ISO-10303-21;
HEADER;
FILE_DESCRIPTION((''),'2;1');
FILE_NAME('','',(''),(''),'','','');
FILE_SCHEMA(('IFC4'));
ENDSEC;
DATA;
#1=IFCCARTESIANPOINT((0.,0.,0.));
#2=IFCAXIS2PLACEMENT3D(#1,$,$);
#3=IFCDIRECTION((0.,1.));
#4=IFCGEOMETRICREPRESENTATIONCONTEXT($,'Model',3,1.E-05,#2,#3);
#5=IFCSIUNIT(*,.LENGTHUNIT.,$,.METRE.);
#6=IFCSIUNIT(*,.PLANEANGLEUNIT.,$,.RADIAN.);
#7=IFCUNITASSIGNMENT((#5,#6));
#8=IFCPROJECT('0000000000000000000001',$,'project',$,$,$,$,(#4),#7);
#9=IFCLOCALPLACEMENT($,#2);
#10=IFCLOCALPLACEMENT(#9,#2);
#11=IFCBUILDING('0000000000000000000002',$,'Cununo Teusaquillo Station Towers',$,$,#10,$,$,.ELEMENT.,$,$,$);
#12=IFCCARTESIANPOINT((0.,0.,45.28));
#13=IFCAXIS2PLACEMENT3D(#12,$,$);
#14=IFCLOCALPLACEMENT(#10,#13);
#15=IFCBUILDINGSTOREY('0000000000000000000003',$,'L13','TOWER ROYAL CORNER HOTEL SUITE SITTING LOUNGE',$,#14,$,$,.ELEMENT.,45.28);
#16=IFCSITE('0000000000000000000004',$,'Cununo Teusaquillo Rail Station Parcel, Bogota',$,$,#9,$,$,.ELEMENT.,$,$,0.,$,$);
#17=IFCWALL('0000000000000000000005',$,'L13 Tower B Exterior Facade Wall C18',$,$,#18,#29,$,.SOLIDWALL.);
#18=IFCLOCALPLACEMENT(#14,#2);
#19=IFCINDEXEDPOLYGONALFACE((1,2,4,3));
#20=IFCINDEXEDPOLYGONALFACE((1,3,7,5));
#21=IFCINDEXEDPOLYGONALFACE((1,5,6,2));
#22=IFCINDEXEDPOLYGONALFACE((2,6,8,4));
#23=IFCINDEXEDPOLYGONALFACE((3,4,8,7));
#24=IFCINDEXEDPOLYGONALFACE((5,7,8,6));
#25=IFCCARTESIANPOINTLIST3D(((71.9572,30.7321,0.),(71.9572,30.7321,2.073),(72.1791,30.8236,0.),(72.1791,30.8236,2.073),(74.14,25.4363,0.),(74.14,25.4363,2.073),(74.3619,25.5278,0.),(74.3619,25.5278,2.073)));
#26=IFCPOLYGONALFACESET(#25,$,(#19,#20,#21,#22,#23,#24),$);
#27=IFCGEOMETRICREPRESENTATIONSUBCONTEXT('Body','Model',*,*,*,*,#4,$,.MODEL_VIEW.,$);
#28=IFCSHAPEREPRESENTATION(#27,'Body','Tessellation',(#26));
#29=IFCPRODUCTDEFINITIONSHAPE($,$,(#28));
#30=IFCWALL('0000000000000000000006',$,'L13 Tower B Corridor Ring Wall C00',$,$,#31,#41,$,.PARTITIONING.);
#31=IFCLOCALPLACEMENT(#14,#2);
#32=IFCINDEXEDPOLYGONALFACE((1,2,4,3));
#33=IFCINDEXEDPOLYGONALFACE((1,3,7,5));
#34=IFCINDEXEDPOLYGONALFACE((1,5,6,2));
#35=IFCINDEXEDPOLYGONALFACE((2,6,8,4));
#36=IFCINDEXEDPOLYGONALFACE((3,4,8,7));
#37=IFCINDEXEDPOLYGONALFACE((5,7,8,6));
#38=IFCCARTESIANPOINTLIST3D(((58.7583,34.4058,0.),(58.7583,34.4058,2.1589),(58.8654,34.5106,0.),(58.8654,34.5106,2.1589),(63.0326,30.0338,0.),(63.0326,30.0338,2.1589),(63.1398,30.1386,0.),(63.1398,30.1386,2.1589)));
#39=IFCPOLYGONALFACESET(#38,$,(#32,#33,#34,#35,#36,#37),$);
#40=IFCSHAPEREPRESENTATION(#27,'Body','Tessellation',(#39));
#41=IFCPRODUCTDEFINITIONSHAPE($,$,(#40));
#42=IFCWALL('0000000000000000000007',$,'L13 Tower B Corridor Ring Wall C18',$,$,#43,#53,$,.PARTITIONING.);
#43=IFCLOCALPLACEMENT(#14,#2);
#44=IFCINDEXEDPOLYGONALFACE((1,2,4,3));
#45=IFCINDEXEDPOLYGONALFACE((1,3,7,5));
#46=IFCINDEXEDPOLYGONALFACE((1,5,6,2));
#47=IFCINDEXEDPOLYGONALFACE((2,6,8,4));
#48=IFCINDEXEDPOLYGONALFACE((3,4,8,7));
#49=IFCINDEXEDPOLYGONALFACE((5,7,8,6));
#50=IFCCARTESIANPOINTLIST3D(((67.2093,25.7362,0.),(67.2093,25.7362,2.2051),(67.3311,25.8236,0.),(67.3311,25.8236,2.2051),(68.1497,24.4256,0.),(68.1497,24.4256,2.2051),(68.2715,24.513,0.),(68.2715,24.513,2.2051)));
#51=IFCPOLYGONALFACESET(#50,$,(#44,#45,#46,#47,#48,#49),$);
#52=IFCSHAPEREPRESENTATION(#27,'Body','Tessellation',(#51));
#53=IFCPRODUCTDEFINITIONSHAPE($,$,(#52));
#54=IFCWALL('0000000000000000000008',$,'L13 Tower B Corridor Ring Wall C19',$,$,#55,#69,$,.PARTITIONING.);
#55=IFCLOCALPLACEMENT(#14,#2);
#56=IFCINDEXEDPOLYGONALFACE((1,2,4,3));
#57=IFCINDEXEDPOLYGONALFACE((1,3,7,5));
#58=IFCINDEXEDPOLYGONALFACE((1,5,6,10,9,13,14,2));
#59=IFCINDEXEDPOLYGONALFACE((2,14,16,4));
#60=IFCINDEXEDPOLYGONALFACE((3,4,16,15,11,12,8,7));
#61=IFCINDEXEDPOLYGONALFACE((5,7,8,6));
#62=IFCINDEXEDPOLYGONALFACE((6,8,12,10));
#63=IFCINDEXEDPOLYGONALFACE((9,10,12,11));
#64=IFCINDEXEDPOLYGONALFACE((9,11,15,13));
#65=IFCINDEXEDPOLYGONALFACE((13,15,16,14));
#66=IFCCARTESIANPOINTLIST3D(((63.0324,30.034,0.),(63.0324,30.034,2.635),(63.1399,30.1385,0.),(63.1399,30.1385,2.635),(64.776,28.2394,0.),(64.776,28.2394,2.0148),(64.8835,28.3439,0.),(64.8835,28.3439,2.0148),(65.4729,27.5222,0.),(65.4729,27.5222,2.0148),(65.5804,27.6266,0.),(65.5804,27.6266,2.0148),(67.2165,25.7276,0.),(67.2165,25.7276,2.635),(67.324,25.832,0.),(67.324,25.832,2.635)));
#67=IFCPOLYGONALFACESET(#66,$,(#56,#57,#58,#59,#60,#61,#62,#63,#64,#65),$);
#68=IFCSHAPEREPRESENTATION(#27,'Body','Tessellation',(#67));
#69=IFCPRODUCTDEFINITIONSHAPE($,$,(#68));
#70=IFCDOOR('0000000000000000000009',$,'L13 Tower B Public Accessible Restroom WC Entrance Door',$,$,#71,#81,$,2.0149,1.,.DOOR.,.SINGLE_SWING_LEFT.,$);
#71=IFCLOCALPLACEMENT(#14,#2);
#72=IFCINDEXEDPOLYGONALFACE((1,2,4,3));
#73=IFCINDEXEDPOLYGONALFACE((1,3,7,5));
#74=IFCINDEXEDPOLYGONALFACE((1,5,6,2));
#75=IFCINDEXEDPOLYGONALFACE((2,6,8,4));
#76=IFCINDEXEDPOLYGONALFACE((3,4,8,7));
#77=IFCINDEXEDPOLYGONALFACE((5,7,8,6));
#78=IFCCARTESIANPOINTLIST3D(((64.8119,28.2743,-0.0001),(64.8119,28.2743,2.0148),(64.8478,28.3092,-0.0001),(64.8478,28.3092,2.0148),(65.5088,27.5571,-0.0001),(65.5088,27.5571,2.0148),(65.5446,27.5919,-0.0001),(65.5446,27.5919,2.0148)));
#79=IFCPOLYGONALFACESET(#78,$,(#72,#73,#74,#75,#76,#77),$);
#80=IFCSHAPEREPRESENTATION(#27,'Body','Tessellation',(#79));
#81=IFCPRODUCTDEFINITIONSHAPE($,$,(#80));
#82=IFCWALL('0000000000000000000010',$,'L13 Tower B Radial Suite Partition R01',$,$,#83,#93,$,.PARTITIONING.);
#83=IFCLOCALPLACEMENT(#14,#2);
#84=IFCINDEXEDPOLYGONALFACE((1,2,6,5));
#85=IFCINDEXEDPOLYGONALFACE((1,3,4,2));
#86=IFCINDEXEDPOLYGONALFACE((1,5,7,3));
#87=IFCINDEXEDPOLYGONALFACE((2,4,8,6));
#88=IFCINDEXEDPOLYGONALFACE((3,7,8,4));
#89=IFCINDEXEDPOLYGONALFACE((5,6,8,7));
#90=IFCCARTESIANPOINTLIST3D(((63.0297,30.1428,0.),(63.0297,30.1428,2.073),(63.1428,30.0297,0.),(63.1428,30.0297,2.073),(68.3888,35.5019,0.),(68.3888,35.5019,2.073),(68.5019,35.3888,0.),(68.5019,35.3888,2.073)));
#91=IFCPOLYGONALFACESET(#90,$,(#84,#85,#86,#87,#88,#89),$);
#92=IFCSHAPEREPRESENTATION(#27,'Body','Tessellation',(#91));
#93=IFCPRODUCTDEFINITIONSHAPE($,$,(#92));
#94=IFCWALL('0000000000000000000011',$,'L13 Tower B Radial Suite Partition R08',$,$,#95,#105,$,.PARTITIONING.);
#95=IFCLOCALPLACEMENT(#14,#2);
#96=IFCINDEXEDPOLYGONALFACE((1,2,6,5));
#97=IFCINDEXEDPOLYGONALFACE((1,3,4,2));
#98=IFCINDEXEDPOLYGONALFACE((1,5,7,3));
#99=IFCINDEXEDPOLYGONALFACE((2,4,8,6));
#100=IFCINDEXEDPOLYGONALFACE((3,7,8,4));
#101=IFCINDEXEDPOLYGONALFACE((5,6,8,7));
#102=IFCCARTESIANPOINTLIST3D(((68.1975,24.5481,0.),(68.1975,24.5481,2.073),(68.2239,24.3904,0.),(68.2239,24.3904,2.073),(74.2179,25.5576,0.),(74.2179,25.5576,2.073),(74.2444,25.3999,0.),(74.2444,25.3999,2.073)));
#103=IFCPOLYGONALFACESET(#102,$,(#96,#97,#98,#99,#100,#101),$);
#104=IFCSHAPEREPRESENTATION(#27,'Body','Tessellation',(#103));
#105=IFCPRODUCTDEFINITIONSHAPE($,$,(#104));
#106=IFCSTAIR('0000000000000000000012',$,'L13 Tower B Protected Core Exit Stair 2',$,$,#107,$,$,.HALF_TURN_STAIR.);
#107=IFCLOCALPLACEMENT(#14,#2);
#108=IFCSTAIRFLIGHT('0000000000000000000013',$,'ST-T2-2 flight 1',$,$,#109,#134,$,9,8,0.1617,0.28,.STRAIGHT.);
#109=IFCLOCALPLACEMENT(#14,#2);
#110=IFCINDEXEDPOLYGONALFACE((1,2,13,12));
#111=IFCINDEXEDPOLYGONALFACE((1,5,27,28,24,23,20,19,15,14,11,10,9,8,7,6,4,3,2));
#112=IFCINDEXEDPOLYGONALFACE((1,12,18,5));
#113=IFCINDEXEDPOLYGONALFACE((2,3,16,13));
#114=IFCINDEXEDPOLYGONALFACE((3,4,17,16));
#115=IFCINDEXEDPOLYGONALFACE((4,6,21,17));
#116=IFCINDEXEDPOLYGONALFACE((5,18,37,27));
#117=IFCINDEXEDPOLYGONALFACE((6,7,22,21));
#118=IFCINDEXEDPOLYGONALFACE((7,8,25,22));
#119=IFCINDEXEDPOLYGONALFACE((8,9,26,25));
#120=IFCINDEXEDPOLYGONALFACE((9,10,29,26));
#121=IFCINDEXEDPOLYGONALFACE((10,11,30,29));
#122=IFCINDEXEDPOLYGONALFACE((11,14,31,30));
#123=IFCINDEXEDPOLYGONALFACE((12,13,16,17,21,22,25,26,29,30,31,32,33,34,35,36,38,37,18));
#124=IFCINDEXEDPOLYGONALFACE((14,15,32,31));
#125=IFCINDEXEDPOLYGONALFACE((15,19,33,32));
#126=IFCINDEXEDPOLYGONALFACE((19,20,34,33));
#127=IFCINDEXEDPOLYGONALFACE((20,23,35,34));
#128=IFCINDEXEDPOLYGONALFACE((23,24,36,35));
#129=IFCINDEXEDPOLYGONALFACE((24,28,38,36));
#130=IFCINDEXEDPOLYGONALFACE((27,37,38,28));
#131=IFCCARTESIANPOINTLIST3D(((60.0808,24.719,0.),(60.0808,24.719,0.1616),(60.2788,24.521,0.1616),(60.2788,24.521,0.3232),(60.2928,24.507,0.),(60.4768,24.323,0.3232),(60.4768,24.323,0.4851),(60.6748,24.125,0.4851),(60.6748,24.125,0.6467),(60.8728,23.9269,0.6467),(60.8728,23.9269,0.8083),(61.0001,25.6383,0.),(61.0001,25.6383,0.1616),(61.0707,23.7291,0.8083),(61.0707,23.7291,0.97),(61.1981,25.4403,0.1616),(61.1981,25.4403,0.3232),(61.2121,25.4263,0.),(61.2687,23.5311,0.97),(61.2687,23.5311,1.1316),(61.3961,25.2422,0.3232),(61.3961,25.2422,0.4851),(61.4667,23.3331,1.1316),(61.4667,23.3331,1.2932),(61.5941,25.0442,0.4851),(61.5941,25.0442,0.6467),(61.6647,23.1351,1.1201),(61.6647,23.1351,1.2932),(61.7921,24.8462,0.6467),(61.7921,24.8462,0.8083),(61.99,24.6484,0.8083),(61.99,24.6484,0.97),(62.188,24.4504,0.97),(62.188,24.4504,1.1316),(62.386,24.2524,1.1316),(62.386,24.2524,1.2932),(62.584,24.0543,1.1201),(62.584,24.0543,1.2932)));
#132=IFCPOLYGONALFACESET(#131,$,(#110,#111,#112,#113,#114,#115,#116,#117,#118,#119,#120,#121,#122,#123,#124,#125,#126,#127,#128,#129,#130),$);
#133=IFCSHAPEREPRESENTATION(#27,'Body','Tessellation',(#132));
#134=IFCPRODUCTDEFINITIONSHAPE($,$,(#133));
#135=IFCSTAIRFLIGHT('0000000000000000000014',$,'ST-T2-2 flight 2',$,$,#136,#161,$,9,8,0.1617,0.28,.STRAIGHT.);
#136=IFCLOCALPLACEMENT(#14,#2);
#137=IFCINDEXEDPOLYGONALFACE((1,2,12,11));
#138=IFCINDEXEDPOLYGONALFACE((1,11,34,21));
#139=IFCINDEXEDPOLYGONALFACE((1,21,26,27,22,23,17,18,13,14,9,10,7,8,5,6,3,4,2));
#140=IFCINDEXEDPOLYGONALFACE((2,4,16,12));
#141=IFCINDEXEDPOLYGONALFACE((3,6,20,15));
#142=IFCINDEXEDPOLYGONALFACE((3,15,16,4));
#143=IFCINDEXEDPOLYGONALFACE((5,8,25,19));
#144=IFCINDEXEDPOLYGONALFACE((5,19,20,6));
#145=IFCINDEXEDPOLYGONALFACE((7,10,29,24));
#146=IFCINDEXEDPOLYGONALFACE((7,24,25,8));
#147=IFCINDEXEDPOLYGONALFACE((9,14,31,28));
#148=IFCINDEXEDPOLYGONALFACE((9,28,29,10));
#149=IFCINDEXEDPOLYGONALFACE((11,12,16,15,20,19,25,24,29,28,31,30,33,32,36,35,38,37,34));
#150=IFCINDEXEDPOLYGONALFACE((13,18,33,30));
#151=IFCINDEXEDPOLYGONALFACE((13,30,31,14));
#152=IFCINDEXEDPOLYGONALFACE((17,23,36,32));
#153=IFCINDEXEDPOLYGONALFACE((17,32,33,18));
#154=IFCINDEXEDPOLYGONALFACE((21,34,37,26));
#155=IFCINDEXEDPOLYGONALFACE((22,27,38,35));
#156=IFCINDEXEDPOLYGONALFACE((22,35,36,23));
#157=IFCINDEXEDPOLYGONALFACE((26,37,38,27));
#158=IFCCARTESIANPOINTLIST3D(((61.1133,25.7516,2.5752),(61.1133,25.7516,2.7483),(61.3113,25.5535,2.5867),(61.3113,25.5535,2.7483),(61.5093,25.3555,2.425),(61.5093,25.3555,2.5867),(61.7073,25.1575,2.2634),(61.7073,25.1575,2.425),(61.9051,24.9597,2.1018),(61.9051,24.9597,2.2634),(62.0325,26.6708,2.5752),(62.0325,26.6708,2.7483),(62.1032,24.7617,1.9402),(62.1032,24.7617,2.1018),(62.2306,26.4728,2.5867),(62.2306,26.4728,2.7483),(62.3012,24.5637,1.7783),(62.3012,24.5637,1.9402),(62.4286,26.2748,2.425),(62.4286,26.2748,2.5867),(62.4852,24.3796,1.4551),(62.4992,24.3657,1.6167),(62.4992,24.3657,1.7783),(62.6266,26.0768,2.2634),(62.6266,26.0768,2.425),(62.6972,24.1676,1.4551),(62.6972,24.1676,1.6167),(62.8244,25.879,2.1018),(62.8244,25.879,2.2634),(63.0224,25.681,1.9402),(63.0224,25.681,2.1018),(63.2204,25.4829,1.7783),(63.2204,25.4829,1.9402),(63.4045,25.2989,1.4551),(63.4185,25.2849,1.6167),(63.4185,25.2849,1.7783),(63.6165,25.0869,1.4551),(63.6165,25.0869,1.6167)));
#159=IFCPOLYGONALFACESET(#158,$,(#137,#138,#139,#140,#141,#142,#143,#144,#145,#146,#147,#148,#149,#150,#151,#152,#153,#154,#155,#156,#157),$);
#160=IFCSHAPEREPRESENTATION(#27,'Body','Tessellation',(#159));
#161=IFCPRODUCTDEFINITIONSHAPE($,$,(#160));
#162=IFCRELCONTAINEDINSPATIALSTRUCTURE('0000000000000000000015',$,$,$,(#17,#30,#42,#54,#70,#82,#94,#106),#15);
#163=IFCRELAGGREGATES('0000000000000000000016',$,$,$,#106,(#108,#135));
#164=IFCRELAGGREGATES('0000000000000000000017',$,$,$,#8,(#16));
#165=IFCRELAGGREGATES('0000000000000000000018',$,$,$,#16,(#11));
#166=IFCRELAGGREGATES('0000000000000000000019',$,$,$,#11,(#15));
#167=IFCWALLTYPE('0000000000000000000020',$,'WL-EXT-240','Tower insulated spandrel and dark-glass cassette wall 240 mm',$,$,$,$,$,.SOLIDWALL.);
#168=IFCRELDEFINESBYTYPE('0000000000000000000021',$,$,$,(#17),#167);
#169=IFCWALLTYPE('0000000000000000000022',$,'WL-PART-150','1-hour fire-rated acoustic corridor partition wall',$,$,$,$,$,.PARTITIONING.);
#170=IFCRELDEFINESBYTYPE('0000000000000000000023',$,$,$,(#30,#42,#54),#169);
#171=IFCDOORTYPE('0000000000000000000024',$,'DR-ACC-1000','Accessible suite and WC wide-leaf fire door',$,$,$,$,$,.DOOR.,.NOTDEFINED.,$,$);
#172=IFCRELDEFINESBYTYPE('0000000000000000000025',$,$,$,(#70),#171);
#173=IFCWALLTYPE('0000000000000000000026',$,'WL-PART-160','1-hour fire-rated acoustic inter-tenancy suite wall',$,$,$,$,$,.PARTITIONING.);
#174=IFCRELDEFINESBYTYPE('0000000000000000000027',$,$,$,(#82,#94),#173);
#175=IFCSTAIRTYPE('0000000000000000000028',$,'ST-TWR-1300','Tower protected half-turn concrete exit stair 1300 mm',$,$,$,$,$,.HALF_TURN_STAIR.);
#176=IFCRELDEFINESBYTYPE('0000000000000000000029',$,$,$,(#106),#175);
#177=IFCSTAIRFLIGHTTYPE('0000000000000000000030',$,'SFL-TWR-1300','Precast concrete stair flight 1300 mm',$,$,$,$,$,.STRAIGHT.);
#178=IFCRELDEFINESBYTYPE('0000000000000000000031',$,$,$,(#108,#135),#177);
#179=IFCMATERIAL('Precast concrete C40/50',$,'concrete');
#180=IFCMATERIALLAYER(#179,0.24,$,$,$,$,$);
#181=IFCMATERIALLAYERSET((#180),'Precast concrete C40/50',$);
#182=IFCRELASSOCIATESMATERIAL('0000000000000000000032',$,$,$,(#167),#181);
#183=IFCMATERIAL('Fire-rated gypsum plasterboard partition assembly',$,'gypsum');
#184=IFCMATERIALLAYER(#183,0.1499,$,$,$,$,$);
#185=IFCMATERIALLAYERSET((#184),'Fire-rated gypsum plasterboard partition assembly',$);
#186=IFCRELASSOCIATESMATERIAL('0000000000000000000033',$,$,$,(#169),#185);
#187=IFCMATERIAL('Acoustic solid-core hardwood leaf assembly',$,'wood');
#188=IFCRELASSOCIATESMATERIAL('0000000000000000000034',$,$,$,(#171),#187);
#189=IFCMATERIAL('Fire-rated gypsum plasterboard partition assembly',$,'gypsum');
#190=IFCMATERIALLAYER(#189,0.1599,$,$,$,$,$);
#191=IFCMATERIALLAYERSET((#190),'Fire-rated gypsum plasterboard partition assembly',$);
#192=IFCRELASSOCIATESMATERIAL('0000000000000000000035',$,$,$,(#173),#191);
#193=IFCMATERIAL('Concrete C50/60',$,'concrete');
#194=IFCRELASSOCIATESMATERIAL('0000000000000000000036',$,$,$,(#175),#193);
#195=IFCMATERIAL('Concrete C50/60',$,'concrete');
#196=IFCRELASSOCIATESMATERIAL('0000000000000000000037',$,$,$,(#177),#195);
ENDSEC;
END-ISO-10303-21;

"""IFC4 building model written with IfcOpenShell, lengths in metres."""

from ifc_helpers import new_model, si_unit, direction, frame, frame_2d, origin, place, context, subcontext, project, spatial, polyline, rectangle, outline, extrude, source, transform, mapped, material, layer, layer_set, type_object, element, fill, aggregate, save


model = new_model("IFC4")

# Units and contexts
model_context = context("Model", 3, precision=1e-05, world=origin(), true_north=direction((0.0, 1.0)))
body_context = subcontext(model_context, "Body", "Model", "MODEL_VIEW")
ifc_project = project(units=[si_unit("LENGTHUNIT", "METRE"), si_unit("PLANEANGLEUNIT", "RADIAN")], contexts=[model_context])

# Site, building, storey
site_placement = place(None, origin())
site = spatial("IfcSite", under=ifc_project, at=site_placement, Name="Cununo Teusaquillo Rail Station Parcel, Bogota", CompositionType="ELEMENT", RefElevation=0.0)
building_placement = place(site_placement, origin())
building = spatial("IfcBuilding", under=site, at=building_placement, Name="Cununo Teusaquillo Station Towers", CompositionType="ELEMENT")
storey_placement = place(building_placement, frame((0.0, 0.0, 45.28)))
storey = spatial("IfcBuildingStorey", under=building, at=storey_placement, Name="L13", Description="TOWER ROYAL CORNER HOTEL SUITE SITTING LOUNGE", CompositionType="ELEMENT", Elevation=45.28)

# Shared definitions
ifc_material_1 = material(Name="Precast concrete C40/50", Category="concrete")
ifc_layer_1 = layer(ifc_material_1, 0.24)
ifc_layer_set_1 = layer_set([ifc_layer_1], Name="Precast concrete C40/50")
wall_type_1 = type_object("IfcWallType", Name="WL-EXT-240", Description="Tower insulated spandrel and dark-glass cassette wall 240 mm", PredefinedType="SOLIDWALL", material=ifc_layer_set_1)

# Walls
wall_1_placement = place(storey_placement, frame((72.0681, 30.7778, 0.0), z_axis=(0.0, 0.0, 1.0), x_axis=(0.381078, -0.924543, 0.0)))
element("IfcWall", 1, at=wall_1_placement, inside=storey, type_object=wall_type_1, Name="L13 Tower B Exterior Facade Wall C18", PredefinedType="SOLIDWALL", context=body_context, shape_type="SweptSolid", body=[
    extrude(rectangle(XDim=5.728, YDim=0.24, at=frame_2d((2.864, 0.0))), origin(), (0.0, 0.0, 1.0), 2.073),
])
ifc_material_2 = material(Name="Fire-rated gypsum plasterboard partition assembly", Category="gypsum")
ifc_layer_2 = layer(ifc_material_2, 0.1499)
ifc_layer_set_2 = layer_set([ifc_layer_2], Name="Fire-rated gypsum plasterboard partition assembly")
wall_type_2 = type_object("IfcWallType", Name="WL-PART-150", Description="1-hour fire-rated acoustic corridor partition wall", PredefinedType="PARTITIONING", material=ifc_layer_set_2)
wall_2_placement = place(storey_placement, frame((63.0862, 30.0862, 0.0), z_axis=(0.0, 0.0, 1.0), x_axis=(-0.699076, 0.715047, 0.0)))
element("IfcWall", 2, at=wall_2_placement, inside=storey, type_object=wall_type_2, Name="L13 Tower B Corridor Ring Wall C00", PredefinedType="PARTITIONING", context=body_context, shape_type="SweptSolid", body=[
    extrude(rectangle(XDim=6.1143, YDim=0.1499, at=frame_2d((3.0571, 0.0))), origin(), (0.0, 0.0, 1.0), 2.1589),
])
wall_3_placement = place(storey_placement, frame((68.2107, 24.4692, 0.0), z_axis=(0.0, 0.0, 1.0), x_axis=(-0.583012, 0.812463, 0.0)))
element("IfcWall", 3, at=wall_3_placement, inside=storey, type_object=wall_type_2, Name="L13 Tower B Corridor Ring Wall C18", PredefinedType="PARTITIONING", context=body_context, shape_type="SweptSolid", body=[
    extrude(rectangle(XDim=1.613, YDim=0.1499, at=frame_2d((0.8066, 0.0))), origin(), (0.0, 0.0, 1.0), 2.2051),
])

# Wall, opening, door
wall_4_placement = place(storey_placement, frame((67.2703, 25.7798, 0.0), z_axis=(0.0, 0.0, 1.0), x_axis=(-0.696848, 0.717219, 0.0)))
wall_4 = element("IfcWall", 4, at=wall_4_placement, inside=storey, type_object=wall_type_2, Name="L13 Tower B Corridor Ring Wall C19", PredefinedType="PARTITIONING", context=body_context, shape_type="SweptSolid", body=[
    extrude(rectangle(XDim=6.0044, YDim=0.1499, at=frame_2d((3.0022, 0.0))), origin(), (0.0, 0.0, 1.0), 2.635),
])
shared_shape_1 = source(origin(), body_context, "Body", "SweptSolid", [
    extrude(rectangle(XDim=1.0, YDim=2.0149, at=frame_2d((0.5, 1.0073))), frame((0.0, 0.085, 0.0), z_axis=(0.0, -1.0, 0.0), x_axis=(1.0, 0.0, 0.0)), (0.0, 0.0, 1.0), 0.1699),
])
opening_1_placement = place(wall_4_placement, frame((2.5022, 0.0, 0.0)))
opening_1 = element("IfcOpeningElement", 5, at=opening_1_placement, cuts=wall_4, PredefinedType="OPENING", context=body_context, shape_type="MappedRepresentation", body=[
    mapped(shared_shape_1, transform((0.0, 0.0, 0.0), x_axis=(1.0, 0.0, 0.0), y_axis=(0.0, 1.0, 0.0), z_axis=(0.0, 0.0, 1.0), scale=1.0)),
])
ifc_material_3 = material(Name="Acoustic solid-core hardwood leaf assembly", Category="wood")
door_type = type_object("IfcDoorType", Name="DR-ACC-1000", Description="Accessible suite and WC wide-leaf fire door", OperationType="NOTDEFINED", PredefinedType="DOOR", material=ifc_material_3)
shared_shape_2 = source(origin(), body_context, "Body", "SweptSolid", [
    extrude(rectangle(XDim=1.0, YDim=2.0149, at=frame_2d((0.5, 1.0073))), frame((0.0, 0.0249, 0.0), z_axis=(0.0, -1.0, 0.0), x_axis=(1.0, 0.0, 0.0)), (0.0, 0.0, 1.0), 0.05),
])
door_placement = place(opening_1_placement, origin())
door = element("IfcDoor", 6, at=door_placement, inside=storey, type_object=door_type, Name="L13 Tower B Public Accessible Restroom WC Entrance Door", OperationType="SINGLE_SWING_LEFT", OverallHeight=2.0149, OverallWidth=1.0, PredefinedType="DOOR", context=body_context, shape_type="MappedRepresentation", body=[
    mapped(shared_shape_2, transform((0.0, 0.0, 0.0), x_axis=(1.0, 0.0, 0.0), y_axis=(0.0, 1.0, 0.0), z_axis=(0.0, 0.0, 1.0), scale=1.0)),
])
fill(opening_1, door)

# Walls
ifc_material_4 = material(Name="Fire-rated gypsum plasterboard partition assembly", Category="gypsum")
ifc_layer_3 = layer(ifc_material_4, 0.1599)
ifc_layer_set_3 = layer_set([ifc_layer_3], Name="Fire-rated gypsum plasterboard partition assembly")
wall_type_3 = type_object("IfcWallType", Name="WL-PART-160", Description="1-hour fire-rated acoustic inter-tenancy suite wall", PredefinedType="PARTITIONING", material=ifc_layer_set_3)
wall_5_placement = place(storey_placement, frame((63.0862, 30.0862, 0.0), z_axis=(0.0, 0.0, 1.0), x_axis=(0.707107, 0.707107, 0.0)))
element("IfcWall", 7, at=wall_5_placement, inside=storey, type_object=wall_type_3, Name="L13 Tower B Radial Suite Partition R01", PredefinedType="PARTITIONING", context=body_context, shape_type="SweptSolid", body=[
    extrude(rectangle(XDim=7.5789, YDim=0.1599, at=frame_2d((3.7896, 0.0))), origin(), (0.0, 0.0, 1.0), 2.073),
])
wall_6_placement = place(storey_placement, frame((68.2107, 24.4692, 0.0), z_axis=(0.0, 0.0, 1.0), x_axis=(0.986231, 0.165372, 0.0)))
element("IfcWall", 8, at=wall_6_placement, inside=storey, type_object=wall_type_3, Name="L13 Tower B Radial Suite Partition R08", PredefinedType="PARTITIONING", context=body_context, shape_type="SweptSolid", body=[
    extrude(rectangle(XDim=6.1045, YDim=0.1599, at=frame_2d((3.0522, 0.0))), origin(), (0.0, 0.0, 1.0), 2.073),
])

# Stair, stair flights
ifc_material_5 = material(Name="Concrete C50/60", Category="concrete")
stair_type = type_object("IfcStairType", Name="ST-TWR-1300", Description="Tower protected half-turn concrete exit stair 1300 mm", PredefinedType="HALF_TURN_STAIR", material=ifc_material_5)
stair_placement = place(storey_placement, origin())
stair = element("IfcStair", 9, at=stair_placement, inside=storey, type_object=stair_type, Name="L13 Tower B Protected Core Exit Stair 2", PredefinedType="HALF_TURN_STAIR")
ifc_material_6 = material(Name="Concrete C50/60", Category="concrete")
stair_flight_type = type_object("IfcStairFlightType", Name="SFL-TWR-1300", Description="Precast concrete stair flight 1300 mm", PredefinedType="STRAIGHT", material=ifc_material_6)
stair_flight_1_placement = place(storey_placement, frame((60.5405, 25.1787, 0.0), z_axis=(0.0, 0.0, 1.0), x_axis=(0.707107, -0.707107, 0.0)))
stair_flight_1 = element("IfcStairFlight", 10, at=stair_flight_1_placement, type_object=stair_flight_type, Name="ST-T2-2 flight 1", NumberOfRisers=9, NumberOfTreads=8, PredefinedType="STRAIGHT", RiserHeight=0.1617, TreadLength=0.28, context=body_context, shape_type="SweptSolid", body=[
    extrude(outline(polyline([(0.0, 0.0), (0.0, 0.1616), (0.28, 0.1616), (0.28, 0.3232), (0.5601, 0.3232), (0.5601, 0.4851), (0.8401, 0.4851), (0.8401, 0.6467), (1.1201, 0.6467), (1.1201, 0.8083), (1.3999, 0.8083), (1.3999, 0.97), (1.6799, 0.97), (1.6799, 1.1316), (1.96, 1.1316), (1.96, 1.2932), (2.24, 1.2932), (2.24, 1.4551), (2.24, 1.1201), (0.2998, 0.0), (0.0, 0.0)])), frame((0.0, 0.6499, 0.0), z_axis=(0.0, -1.0, 0.0), x_axis=(1.0, 0.0, 0.0)), (0.0, 0.0, 1.0), 1.3),
])
stair_flight_2_placement = place(storey_placement, frame((63.1567, 24.6272, 1.4551), z_axis=(0.0, 0.0, 1.0), x_axis=(-0.707107, 0.707107, 0.0)))
stair_flight_2 = element("IfcStairFlight", 11, at=stair_flight_2_placement, type_object=stair_flight_type, Name="ST-T2-2 flight 2", NumberOfRisers=9, NumberOfTreads=8, PredefinedType="STRAIGHT", RiserHeight=0.1617, TreadLength=0.28, context=body_context, shape_type="SweptSolid", body=[
    extrude(outline(polyline([(0.0, 0.0), (0.0, 0.1616), (0.28, 0.1616), (0.28, 0.3232), (0.5601, 0.3232), (0.5601, 0.4851), (0.8401, 0.4851), (0.8401, 0.6467), (1.1201, 0.6467), (1.1201, 0.8083), (1.3999, 0.8083), (1.3999, 0.97), (1.6799, 0.97), (1.6799, 1.1316), (1.96, 1.1316), (1.96, 1.2932), (2.24, 1.2932), (2.24, 1.4551), (2.24, 1.1201), (0.2998, 0.0), (0.0, 0.0)])), frame((0.0, 0.6499, 0.0), z_axis=(0.0, -1.0, 0.0), x_axis=(1.0, 0.0, 0.0)), (0.0, 0.0, 1.0), 1.3),
])
aggregate(stair, [stair_flight_1, stair_flight_2])

save(model, "model.ifc")
